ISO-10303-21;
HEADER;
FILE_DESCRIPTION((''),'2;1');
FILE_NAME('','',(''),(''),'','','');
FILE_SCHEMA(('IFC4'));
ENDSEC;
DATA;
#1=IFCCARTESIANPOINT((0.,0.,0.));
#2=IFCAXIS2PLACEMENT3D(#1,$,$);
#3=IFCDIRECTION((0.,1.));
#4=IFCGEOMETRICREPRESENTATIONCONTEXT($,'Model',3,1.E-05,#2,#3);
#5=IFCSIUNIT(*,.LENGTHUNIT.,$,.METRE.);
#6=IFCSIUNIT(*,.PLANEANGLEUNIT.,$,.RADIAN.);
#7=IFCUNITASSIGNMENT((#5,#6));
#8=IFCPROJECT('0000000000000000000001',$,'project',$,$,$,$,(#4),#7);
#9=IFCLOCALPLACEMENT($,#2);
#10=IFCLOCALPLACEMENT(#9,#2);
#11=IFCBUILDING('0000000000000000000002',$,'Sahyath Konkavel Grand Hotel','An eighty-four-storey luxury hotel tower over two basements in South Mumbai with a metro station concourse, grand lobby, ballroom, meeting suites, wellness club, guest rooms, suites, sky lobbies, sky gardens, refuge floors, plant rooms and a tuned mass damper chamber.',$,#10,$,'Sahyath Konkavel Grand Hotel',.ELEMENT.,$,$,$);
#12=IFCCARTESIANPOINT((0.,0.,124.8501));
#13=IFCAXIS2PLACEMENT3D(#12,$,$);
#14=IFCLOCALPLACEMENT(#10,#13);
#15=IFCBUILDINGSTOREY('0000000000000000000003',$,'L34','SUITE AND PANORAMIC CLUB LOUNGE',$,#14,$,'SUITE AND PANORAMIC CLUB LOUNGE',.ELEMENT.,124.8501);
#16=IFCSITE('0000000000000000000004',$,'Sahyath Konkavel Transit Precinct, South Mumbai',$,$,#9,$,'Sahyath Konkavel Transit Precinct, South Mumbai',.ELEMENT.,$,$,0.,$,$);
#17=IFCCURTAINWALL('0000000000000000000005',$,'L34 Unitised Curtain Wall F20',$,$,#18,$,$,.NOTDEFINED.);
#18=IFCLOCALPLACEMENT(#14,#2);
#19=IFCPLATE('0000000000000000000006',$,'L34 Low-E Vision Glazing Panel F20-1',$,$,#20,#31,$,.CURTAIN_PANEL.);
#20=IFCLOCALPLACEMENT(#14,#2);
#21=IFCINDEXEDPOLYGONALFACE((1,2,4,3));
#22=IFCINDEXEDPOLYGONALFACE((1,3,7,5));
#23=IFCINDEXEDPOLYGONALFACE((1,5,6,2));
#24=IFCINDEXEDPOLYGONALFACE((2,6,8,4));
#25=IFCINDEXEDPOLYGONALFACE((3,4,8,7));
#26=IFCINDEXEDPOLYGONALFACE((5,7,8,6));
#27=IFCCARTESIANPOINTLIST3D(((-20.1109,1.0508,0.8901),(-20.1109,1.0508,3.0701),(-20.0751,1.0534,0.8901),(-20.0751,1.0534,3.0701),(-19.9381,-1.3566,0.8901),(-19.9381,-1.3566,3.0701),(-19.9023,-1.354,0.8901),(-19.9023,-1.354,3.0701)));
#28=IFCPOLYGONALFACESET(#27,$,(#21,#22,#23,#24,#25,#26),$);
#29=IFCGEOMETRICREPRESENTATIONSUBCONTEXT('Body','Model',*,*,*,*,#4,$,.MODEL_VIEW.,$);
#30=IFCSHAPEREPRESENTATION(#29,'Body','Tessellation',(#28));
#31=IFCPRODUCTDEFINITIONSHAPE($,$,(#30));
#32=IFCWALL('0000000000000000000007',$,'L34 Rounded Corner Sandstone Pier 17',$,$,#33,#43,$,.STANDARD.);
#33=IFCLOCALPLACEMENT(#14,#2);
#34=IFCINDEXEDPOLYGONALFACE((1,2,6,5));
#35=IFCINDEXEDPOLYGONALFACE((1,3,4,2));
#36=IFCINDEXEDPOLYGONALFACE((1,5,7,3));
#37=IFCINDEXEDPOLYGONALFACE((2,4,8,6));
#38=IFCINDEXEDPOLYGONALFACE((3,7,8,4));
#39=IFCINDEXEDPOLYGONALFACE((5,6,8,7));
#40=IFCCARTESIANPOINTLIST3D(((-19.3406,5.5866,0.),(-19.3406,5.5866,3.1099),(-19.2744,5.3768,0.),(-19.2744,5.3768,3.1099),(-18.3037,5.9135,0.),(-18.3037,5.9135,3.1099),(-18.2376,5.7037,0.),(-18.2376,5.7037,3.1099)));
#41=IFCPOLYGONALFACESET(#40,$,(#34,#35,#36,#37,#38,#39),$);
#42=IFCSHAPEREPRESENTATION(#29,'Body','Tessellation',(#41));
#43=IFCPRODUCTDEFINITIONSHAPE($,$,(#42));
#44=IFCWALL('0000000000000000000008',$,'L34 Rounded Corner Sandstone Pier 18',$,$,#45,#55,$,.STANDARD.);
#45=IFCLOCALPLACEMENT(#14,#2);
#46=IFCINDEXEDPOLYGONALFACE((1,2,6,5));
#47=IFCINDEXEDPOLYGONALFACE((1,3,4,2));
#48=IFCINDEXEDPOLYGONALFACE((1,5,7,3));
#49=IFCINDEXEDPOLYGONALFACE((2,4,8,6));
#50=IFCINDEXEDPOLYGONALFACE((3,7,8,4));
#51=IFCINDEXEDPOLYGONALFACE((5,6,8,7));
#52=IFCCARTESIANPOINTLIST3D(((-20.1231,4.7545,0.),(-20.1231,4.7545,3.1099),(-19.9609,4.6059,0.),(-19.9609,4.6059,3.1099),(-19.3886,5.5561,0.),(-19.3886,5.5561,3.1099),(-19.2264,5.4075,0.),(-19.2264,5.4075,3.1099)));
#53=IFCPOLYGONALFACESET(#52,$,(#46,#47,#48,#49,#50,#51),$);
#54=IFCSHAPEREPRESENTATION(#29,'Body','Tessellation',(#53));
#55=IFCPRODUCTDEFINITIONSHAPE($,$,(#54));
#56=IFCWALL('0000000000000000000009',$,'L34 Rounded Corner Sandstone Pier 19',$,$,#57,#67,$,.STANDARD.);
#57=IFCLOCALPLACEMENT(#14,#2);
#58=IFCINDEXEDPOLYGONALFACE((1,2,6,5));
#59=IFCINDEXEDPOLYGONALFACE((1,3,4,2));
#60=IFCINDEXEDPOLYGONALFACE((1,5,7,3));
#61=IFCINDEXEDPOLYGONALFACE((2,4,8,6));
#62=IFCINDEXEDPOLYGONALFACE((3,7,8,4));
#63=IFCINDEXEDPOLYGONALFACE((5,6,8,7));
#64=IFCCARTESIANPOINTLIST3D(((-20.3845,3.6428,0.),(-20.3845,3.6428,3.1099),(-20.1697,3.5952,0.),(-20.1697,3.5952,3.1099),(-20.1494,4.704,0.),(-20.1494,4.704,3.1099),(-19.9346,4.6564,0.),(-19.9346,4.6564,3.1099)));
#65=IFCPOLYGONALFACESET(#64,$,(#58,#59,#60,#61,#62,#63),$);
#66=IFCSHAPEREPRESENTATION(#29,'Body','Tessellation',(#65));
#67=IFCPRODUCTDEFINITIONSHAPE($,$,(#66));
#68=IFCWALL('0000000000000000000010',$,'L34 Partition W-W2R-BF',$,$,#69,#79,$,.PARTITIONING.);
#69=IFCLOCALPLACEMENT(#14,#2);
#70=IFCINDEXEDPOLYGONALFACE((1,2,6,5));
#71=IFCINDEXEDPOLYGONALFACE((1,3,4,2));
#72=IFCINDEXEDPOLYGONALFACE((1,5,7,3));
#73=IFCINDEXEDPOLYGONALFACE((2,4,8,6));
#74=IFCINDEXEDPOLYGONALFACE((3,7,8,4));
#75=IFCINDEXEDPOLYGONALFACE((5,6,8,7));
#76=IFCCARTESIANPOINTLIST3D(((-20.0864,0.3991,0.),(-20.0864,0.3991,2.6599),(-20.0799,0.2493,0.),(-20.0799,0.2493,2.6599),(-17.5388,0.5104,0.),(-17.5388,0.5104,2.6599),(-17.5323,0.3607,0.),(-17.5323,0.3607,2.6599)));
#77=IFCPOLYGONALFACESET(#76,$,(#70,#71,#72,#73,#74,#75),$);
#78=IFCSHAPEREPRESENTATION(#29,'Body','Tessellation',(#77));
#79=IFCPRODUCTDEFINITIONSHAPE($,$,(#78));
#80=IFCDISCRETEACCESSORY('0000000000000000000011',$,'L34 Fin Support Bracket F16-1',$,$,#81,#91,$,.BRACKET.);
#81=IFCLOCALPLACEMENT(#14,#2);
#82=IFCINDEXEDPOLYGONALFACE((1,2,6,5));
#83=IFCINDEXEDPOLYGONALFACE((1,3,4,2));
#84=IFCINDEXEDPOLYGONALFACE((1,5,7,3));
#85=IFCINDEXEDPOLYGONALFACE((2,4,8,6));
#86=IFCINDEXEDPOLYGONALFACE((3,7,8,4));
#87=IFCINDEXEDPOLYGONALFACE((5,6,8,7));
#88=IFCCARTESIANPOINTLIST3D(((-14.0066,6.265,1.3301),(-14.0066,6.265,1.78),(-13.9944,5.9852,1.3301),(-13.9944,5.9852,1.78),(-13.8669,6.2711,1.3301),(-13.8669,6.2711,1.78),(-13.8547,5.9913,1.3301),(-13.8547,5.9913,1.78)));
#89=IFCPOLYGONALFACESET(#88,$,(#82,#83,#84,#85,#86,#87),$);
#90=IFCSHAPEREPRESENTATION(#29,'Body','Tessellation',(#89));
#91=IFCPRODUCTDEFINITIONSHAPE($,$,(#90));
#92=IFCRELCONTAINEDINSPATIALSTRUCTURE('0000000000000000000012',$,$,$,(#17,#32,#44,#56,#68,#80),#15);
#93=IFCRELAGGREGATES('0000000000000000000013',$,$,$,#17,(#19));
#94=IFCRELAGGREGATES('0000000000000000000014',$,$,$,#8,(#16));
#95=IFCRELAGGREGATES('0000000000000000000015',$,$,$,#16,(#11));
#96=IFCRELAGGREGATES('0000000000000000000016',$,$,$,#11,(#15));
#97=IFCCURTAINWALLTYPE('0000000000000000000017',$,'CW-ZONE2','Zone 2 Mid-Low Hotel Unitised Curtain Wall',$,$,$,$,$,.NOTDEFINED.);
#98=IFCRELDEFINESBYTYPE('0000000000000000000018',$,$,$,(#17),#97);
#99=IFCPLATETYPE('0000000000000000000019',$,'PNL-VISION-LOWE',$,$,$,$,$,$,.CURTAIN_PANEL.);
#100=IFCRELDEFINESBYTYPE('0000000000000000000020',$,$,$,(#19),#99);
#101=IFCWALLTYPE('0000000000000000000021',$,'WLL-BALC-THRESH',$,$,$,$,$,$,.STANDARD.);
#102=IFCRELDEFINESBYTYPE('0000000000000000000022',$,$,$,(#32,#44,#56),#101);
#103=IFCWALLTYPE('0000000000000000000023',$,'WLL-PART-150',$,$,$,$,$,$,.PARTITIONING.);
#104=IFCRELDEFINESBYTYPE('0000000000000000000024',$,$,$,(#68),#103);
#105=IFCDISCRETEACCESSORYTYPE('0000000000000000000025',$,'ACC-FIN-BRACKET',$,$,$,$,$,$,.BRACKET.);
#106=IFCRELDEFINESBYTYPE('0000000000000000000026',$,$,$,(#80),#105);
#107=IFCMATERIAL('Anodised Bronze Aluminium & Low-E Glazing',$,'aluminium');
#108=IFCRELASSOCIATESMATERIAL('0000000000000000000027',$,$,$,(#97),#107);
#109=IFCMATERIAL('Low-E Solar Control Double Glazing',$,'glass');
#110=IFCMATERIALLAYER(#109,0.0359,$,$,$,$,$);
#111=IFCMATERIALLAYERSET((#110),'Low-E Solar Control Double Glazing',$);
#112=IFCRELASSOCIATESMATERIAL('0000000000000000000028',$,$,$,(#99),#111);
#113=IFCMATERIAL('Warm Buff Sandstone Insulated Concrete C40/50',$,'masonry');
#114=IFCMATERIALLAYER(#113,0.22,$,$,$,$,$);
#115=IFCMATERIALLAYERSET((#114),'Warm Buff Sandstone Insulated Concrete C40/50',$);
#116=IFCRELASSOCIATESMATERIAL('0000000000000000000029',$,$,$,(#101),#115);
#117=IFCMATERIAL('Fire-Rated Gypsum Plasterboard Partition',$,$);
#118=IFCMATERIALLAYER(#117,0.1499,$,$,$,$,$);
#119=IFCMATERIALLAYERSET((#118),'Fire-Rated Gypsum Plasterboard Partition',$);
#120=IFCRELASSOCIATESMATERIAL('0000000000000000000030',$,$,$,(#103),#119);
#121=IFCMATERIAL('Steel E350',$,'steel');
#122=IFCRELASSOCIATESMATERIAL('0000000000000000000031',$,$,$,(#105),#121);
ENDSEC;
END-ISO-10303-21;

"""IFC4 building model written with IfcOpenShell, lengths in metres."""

from ifc_helpers import new_model, si_unit, direction, frame, frame_2d, origin, origin_2d, place, context, subcontext, project, spatial, rectangle, extrude, source, transform, mapped, material, layer, layer_set, type_object, element, aggregate, save


model = new_model("IFC4")

# Units and contexts
model_context = context("Model", 3, precision=1e-05, world=origin(), true_north=direction((0.0, 1.0)))
body_context = subcontext(model_context, "Body", "Model", "MODEL_VIEW")
ifc_project = project(units=[si_unit("LENGTHUNIT", "METRE"), si_unit("PLANEANGLEUNIT", "RADIAN")], contexts=[model_context])

# Site, building, storey
site_placement = place(None, origin())
site = spatial("IfcSite", under=ifc_project, at=site_placement, Name="Sahyath Konkavel Transit Precinct, South Mumbai", LongName="Sahyath Konkavel Transit Precinct, South Mumbai", CompositionType="ELEMENT", RefElevation=0.0)
building_placement = place(site_placement, origin())
building = spatial("IfcBuilding", under=site, at=building_placement, Name="Sahyath Konkavel Grand Hotel", Description="An eighty-four-storey luxury hotel tower over two basements in South Mumbai with a metro station concourse, grand lobby, ballroom, meeting suites, wellness club, guest rooms, suites, sky lobbies, sky gardens, refuge floors, plant rooms and a tuned mass damper chamber.", LongName="Sahyath Konkavel Grand Hotel", CompositionType="ELEMENT")
storey_placement = place(building_placement, frame((0.0, 0.0, 124.8501)))
storey = spatial("IfcBuildingStorey", under=building, at=storey_placement, Name="L34", Description="SUITE AND PANORAMIC CLUB LOUNGE", LongName="SUITE AND PANORAMIC CLUB LOUNGE", CompositionType="ELEMENT", Elevation=124.8501)

# Shared definitions
ifc_material_1 = material(Name="Steel E350", Category="steel")

# Curtain wall
ifc_material_2 = material(Name="Anodised Bronze Aluminium & Low-E Glazing", Category="aluminium")
curtain_wall_type = type_object("IfcCurtainWallType", Name="CW-ZONE2", Description="Zone 2 Mid-Low Hotel Unitised Curtain Wall", PredefinedType="NOTDEFINED", material=ifc_material_2)
curtain_wall_1_placement = place(storey_placement, origin())
curtain_wall_1 = element("IfcCurtainWall", 1, at=curtain_wall_1_placement, inside=storey, type_object=curtain_wall_type, Name="L34 Unitised Curtain Wall F20", PredefinedType="NOTDEFINED")

# Plate
ifc_material_3 = material(Name="Low-E Solar Control Double Glazing", Category="glass")
ifc_layer_1 = layer(ifc_material_3, 0.0359)
ifc_layer_set_1 = layer_set([ifc_layer_1], Name="Low-E Solar Control Double Glazing")
plate_type_1 = type_object("IfcPlateType", Name="PNL-VISION-LOWE", PredefinedType="CURTAIN_PANEL", material=ifc_layer_set_1)
shared_shape_1 = source(origin(), body_context, "Body", "SweptSolid", [
    extrude(rectangle(XDim=2.4136, YDim=0.0359, at=origin_2d()), origin(), (0.0, 0.0, 1.0), 2.1799),
])
plate_1_placement = place(storey_placement, frame((-20.0066, -0.1516, 0.8901), z_axis=(0.0, 0.0, 1.0), x_axis=(0.071567, -0.997436, 0.0)))
plate_1 = element("IfcPlate", 2, at=plate_1_placement, type_object=plate_type_1, Name="L34 Low-E Vision Glazing Panel F20-1", PredefinedType="CURTAIN_PANEL", context=body_context, shape_type="MappedRepresentation", body=[
    mapped(shared_shape_1, transform((0.0, 0.0, 0.0), scale=1.0)),
])
aggregate(curtain_wall_1, [plate_1])

# Walls
ifc_material_4 = material(Name="Warm Buff Sandstone Insulated Concrete C40/50", Category="masonry")
ifc_layer_2 = layer(ifc_material_4, 0.22)
ifc_layer_set_2 = layer_set([ifc_layer_2], Name="Warm Buff Sandstone Insulated Concrete C40/50")
wall_type_1 = type_object("IfcWallType", Name="WLL-BALC-THRESH", PredefinedType="STANDARD", material=ifc_layer_set_2)
for number, where, z_axis, x_axis, name in (
    (3, (-18.2708, 5.8086, 0.0), (0.0, 0.0, 1.0), (-0.953722, -0.300691, 0.0), "L34 Rounded Corner Sandstone Pier 17"),
    (4, (-19.3076, 5.4817, 0.0), (0.0, 0.0, 1.0), (-0.675552, -0.737313, 0.0), "L34 Rounded Corner Sandstone Pier 18"),
):
    element("IfcWall", number, at=place(storey_placement, frame(where, z_axis=z_axis, x_axis=x_axis)), inside=storey, type_object=wall_type_1, Name=name, PredefinedType="STANDARD", context=body_context, shape_type="SweptSolid", body=[
        extrude(rectangle(XDim=1.0872, YDim=0.22, at=frame_2d((0.5435, 0.0))), origin(), (0.0, 0.0, 1.0), 3.1099),
    ])
wall_1_placement = place(storey_placement, frame((-20.042, 4.6802, 0.0), z_axis=(0.0, 0.0, 1.0), x_axis=(-0.216288, -0.97633, 0.0)))
element("IfcWall", 5, at=wall_1_placement, inside=storey, type_object=wall_type_1, Name="L34 Rounded Corner Sandstone Pier 19", PredefinedType="STANDARD", context=body_context, shape_type="SweptSolid", body=[
    extrude(rectangle(XDim=1.0869, YDim=0.22, at=frame_2d((0.5435, 0.0))), origin(), (0.0, 0.0, 1.0), 3.1099),
])
ifc_material_5 = material(Name="Fire-Rated Gypsum Plasterboard Partition")
ifc_layer_3 = layer(ifc_material_5, 0.1499)
ifc_layer_set_3 = layer_set([ifc_layer_3], Name="Fire-Rated Gypsum Plasterboard Partition")
wall_type_2 = type_object("IfcWallType", Name="WLL-PART-150", PredefinedType="PARTITIONING", material=ifc_layer_set_3)
wall_2_placement = place(storey_placement, frame((-17.5356, 0.4355, 0.0), z_axis=(0.0, 0.0, 1.0), x_axis=(-0.999047, -0.043657, 0.0)))
element("IfcWall", 6, at=wall_2_placement, inside=storey, type_object=wall_type_2, Name="L34 Partition W-W2R-BF", PredefinedType="PARTITIONING", context=body_context, shape_type="SweptSolid", body=[
    extrude(rectangle(XDim=2.55, YDim=0.1499, at=frame_2d((1.2749, 0.0))), origin(), (0.0, 0.0, 1.0), 2.6599),
])

# Discrete accessory
discrete_accessory_type = type_object("IfcDiscreteAccessoryType", Name="ACC-FIN-BRACKET", PredefinedType="BRACKET", material=ifc_material_1)
shared_shape_2 = source(origin(), body_context, "Body", "SweptSolid", [
    extrude(rectangle(XDim=0.28, YDim=0.1399, at=origin_2d()), origin(), (0.0, 0.0, 1.0), 0.45),
])
discrete_accessory_placement = place(storey_placement, frame((-13.9307, 6.1282, 1.3301), z_axis=(0.0, 0.0, 1.0), x_axis=(-0.043602, 0.999049, 0.0)))
element("IfcDiscreteAccessory", 7, at=discrete_accessory_placement, inside=storey, type_object=discrete_accessory_type, Name="L34 Fin Support Bracket F16-1", PredefinedType="BRACKET", context=body_context, shape_type="MappedRepresentation", body=[
    mapped(shared_shape_2, transform((0.0, 0.0, 0.0), scale=1.0)),
])

save(model, "model.ifc")
